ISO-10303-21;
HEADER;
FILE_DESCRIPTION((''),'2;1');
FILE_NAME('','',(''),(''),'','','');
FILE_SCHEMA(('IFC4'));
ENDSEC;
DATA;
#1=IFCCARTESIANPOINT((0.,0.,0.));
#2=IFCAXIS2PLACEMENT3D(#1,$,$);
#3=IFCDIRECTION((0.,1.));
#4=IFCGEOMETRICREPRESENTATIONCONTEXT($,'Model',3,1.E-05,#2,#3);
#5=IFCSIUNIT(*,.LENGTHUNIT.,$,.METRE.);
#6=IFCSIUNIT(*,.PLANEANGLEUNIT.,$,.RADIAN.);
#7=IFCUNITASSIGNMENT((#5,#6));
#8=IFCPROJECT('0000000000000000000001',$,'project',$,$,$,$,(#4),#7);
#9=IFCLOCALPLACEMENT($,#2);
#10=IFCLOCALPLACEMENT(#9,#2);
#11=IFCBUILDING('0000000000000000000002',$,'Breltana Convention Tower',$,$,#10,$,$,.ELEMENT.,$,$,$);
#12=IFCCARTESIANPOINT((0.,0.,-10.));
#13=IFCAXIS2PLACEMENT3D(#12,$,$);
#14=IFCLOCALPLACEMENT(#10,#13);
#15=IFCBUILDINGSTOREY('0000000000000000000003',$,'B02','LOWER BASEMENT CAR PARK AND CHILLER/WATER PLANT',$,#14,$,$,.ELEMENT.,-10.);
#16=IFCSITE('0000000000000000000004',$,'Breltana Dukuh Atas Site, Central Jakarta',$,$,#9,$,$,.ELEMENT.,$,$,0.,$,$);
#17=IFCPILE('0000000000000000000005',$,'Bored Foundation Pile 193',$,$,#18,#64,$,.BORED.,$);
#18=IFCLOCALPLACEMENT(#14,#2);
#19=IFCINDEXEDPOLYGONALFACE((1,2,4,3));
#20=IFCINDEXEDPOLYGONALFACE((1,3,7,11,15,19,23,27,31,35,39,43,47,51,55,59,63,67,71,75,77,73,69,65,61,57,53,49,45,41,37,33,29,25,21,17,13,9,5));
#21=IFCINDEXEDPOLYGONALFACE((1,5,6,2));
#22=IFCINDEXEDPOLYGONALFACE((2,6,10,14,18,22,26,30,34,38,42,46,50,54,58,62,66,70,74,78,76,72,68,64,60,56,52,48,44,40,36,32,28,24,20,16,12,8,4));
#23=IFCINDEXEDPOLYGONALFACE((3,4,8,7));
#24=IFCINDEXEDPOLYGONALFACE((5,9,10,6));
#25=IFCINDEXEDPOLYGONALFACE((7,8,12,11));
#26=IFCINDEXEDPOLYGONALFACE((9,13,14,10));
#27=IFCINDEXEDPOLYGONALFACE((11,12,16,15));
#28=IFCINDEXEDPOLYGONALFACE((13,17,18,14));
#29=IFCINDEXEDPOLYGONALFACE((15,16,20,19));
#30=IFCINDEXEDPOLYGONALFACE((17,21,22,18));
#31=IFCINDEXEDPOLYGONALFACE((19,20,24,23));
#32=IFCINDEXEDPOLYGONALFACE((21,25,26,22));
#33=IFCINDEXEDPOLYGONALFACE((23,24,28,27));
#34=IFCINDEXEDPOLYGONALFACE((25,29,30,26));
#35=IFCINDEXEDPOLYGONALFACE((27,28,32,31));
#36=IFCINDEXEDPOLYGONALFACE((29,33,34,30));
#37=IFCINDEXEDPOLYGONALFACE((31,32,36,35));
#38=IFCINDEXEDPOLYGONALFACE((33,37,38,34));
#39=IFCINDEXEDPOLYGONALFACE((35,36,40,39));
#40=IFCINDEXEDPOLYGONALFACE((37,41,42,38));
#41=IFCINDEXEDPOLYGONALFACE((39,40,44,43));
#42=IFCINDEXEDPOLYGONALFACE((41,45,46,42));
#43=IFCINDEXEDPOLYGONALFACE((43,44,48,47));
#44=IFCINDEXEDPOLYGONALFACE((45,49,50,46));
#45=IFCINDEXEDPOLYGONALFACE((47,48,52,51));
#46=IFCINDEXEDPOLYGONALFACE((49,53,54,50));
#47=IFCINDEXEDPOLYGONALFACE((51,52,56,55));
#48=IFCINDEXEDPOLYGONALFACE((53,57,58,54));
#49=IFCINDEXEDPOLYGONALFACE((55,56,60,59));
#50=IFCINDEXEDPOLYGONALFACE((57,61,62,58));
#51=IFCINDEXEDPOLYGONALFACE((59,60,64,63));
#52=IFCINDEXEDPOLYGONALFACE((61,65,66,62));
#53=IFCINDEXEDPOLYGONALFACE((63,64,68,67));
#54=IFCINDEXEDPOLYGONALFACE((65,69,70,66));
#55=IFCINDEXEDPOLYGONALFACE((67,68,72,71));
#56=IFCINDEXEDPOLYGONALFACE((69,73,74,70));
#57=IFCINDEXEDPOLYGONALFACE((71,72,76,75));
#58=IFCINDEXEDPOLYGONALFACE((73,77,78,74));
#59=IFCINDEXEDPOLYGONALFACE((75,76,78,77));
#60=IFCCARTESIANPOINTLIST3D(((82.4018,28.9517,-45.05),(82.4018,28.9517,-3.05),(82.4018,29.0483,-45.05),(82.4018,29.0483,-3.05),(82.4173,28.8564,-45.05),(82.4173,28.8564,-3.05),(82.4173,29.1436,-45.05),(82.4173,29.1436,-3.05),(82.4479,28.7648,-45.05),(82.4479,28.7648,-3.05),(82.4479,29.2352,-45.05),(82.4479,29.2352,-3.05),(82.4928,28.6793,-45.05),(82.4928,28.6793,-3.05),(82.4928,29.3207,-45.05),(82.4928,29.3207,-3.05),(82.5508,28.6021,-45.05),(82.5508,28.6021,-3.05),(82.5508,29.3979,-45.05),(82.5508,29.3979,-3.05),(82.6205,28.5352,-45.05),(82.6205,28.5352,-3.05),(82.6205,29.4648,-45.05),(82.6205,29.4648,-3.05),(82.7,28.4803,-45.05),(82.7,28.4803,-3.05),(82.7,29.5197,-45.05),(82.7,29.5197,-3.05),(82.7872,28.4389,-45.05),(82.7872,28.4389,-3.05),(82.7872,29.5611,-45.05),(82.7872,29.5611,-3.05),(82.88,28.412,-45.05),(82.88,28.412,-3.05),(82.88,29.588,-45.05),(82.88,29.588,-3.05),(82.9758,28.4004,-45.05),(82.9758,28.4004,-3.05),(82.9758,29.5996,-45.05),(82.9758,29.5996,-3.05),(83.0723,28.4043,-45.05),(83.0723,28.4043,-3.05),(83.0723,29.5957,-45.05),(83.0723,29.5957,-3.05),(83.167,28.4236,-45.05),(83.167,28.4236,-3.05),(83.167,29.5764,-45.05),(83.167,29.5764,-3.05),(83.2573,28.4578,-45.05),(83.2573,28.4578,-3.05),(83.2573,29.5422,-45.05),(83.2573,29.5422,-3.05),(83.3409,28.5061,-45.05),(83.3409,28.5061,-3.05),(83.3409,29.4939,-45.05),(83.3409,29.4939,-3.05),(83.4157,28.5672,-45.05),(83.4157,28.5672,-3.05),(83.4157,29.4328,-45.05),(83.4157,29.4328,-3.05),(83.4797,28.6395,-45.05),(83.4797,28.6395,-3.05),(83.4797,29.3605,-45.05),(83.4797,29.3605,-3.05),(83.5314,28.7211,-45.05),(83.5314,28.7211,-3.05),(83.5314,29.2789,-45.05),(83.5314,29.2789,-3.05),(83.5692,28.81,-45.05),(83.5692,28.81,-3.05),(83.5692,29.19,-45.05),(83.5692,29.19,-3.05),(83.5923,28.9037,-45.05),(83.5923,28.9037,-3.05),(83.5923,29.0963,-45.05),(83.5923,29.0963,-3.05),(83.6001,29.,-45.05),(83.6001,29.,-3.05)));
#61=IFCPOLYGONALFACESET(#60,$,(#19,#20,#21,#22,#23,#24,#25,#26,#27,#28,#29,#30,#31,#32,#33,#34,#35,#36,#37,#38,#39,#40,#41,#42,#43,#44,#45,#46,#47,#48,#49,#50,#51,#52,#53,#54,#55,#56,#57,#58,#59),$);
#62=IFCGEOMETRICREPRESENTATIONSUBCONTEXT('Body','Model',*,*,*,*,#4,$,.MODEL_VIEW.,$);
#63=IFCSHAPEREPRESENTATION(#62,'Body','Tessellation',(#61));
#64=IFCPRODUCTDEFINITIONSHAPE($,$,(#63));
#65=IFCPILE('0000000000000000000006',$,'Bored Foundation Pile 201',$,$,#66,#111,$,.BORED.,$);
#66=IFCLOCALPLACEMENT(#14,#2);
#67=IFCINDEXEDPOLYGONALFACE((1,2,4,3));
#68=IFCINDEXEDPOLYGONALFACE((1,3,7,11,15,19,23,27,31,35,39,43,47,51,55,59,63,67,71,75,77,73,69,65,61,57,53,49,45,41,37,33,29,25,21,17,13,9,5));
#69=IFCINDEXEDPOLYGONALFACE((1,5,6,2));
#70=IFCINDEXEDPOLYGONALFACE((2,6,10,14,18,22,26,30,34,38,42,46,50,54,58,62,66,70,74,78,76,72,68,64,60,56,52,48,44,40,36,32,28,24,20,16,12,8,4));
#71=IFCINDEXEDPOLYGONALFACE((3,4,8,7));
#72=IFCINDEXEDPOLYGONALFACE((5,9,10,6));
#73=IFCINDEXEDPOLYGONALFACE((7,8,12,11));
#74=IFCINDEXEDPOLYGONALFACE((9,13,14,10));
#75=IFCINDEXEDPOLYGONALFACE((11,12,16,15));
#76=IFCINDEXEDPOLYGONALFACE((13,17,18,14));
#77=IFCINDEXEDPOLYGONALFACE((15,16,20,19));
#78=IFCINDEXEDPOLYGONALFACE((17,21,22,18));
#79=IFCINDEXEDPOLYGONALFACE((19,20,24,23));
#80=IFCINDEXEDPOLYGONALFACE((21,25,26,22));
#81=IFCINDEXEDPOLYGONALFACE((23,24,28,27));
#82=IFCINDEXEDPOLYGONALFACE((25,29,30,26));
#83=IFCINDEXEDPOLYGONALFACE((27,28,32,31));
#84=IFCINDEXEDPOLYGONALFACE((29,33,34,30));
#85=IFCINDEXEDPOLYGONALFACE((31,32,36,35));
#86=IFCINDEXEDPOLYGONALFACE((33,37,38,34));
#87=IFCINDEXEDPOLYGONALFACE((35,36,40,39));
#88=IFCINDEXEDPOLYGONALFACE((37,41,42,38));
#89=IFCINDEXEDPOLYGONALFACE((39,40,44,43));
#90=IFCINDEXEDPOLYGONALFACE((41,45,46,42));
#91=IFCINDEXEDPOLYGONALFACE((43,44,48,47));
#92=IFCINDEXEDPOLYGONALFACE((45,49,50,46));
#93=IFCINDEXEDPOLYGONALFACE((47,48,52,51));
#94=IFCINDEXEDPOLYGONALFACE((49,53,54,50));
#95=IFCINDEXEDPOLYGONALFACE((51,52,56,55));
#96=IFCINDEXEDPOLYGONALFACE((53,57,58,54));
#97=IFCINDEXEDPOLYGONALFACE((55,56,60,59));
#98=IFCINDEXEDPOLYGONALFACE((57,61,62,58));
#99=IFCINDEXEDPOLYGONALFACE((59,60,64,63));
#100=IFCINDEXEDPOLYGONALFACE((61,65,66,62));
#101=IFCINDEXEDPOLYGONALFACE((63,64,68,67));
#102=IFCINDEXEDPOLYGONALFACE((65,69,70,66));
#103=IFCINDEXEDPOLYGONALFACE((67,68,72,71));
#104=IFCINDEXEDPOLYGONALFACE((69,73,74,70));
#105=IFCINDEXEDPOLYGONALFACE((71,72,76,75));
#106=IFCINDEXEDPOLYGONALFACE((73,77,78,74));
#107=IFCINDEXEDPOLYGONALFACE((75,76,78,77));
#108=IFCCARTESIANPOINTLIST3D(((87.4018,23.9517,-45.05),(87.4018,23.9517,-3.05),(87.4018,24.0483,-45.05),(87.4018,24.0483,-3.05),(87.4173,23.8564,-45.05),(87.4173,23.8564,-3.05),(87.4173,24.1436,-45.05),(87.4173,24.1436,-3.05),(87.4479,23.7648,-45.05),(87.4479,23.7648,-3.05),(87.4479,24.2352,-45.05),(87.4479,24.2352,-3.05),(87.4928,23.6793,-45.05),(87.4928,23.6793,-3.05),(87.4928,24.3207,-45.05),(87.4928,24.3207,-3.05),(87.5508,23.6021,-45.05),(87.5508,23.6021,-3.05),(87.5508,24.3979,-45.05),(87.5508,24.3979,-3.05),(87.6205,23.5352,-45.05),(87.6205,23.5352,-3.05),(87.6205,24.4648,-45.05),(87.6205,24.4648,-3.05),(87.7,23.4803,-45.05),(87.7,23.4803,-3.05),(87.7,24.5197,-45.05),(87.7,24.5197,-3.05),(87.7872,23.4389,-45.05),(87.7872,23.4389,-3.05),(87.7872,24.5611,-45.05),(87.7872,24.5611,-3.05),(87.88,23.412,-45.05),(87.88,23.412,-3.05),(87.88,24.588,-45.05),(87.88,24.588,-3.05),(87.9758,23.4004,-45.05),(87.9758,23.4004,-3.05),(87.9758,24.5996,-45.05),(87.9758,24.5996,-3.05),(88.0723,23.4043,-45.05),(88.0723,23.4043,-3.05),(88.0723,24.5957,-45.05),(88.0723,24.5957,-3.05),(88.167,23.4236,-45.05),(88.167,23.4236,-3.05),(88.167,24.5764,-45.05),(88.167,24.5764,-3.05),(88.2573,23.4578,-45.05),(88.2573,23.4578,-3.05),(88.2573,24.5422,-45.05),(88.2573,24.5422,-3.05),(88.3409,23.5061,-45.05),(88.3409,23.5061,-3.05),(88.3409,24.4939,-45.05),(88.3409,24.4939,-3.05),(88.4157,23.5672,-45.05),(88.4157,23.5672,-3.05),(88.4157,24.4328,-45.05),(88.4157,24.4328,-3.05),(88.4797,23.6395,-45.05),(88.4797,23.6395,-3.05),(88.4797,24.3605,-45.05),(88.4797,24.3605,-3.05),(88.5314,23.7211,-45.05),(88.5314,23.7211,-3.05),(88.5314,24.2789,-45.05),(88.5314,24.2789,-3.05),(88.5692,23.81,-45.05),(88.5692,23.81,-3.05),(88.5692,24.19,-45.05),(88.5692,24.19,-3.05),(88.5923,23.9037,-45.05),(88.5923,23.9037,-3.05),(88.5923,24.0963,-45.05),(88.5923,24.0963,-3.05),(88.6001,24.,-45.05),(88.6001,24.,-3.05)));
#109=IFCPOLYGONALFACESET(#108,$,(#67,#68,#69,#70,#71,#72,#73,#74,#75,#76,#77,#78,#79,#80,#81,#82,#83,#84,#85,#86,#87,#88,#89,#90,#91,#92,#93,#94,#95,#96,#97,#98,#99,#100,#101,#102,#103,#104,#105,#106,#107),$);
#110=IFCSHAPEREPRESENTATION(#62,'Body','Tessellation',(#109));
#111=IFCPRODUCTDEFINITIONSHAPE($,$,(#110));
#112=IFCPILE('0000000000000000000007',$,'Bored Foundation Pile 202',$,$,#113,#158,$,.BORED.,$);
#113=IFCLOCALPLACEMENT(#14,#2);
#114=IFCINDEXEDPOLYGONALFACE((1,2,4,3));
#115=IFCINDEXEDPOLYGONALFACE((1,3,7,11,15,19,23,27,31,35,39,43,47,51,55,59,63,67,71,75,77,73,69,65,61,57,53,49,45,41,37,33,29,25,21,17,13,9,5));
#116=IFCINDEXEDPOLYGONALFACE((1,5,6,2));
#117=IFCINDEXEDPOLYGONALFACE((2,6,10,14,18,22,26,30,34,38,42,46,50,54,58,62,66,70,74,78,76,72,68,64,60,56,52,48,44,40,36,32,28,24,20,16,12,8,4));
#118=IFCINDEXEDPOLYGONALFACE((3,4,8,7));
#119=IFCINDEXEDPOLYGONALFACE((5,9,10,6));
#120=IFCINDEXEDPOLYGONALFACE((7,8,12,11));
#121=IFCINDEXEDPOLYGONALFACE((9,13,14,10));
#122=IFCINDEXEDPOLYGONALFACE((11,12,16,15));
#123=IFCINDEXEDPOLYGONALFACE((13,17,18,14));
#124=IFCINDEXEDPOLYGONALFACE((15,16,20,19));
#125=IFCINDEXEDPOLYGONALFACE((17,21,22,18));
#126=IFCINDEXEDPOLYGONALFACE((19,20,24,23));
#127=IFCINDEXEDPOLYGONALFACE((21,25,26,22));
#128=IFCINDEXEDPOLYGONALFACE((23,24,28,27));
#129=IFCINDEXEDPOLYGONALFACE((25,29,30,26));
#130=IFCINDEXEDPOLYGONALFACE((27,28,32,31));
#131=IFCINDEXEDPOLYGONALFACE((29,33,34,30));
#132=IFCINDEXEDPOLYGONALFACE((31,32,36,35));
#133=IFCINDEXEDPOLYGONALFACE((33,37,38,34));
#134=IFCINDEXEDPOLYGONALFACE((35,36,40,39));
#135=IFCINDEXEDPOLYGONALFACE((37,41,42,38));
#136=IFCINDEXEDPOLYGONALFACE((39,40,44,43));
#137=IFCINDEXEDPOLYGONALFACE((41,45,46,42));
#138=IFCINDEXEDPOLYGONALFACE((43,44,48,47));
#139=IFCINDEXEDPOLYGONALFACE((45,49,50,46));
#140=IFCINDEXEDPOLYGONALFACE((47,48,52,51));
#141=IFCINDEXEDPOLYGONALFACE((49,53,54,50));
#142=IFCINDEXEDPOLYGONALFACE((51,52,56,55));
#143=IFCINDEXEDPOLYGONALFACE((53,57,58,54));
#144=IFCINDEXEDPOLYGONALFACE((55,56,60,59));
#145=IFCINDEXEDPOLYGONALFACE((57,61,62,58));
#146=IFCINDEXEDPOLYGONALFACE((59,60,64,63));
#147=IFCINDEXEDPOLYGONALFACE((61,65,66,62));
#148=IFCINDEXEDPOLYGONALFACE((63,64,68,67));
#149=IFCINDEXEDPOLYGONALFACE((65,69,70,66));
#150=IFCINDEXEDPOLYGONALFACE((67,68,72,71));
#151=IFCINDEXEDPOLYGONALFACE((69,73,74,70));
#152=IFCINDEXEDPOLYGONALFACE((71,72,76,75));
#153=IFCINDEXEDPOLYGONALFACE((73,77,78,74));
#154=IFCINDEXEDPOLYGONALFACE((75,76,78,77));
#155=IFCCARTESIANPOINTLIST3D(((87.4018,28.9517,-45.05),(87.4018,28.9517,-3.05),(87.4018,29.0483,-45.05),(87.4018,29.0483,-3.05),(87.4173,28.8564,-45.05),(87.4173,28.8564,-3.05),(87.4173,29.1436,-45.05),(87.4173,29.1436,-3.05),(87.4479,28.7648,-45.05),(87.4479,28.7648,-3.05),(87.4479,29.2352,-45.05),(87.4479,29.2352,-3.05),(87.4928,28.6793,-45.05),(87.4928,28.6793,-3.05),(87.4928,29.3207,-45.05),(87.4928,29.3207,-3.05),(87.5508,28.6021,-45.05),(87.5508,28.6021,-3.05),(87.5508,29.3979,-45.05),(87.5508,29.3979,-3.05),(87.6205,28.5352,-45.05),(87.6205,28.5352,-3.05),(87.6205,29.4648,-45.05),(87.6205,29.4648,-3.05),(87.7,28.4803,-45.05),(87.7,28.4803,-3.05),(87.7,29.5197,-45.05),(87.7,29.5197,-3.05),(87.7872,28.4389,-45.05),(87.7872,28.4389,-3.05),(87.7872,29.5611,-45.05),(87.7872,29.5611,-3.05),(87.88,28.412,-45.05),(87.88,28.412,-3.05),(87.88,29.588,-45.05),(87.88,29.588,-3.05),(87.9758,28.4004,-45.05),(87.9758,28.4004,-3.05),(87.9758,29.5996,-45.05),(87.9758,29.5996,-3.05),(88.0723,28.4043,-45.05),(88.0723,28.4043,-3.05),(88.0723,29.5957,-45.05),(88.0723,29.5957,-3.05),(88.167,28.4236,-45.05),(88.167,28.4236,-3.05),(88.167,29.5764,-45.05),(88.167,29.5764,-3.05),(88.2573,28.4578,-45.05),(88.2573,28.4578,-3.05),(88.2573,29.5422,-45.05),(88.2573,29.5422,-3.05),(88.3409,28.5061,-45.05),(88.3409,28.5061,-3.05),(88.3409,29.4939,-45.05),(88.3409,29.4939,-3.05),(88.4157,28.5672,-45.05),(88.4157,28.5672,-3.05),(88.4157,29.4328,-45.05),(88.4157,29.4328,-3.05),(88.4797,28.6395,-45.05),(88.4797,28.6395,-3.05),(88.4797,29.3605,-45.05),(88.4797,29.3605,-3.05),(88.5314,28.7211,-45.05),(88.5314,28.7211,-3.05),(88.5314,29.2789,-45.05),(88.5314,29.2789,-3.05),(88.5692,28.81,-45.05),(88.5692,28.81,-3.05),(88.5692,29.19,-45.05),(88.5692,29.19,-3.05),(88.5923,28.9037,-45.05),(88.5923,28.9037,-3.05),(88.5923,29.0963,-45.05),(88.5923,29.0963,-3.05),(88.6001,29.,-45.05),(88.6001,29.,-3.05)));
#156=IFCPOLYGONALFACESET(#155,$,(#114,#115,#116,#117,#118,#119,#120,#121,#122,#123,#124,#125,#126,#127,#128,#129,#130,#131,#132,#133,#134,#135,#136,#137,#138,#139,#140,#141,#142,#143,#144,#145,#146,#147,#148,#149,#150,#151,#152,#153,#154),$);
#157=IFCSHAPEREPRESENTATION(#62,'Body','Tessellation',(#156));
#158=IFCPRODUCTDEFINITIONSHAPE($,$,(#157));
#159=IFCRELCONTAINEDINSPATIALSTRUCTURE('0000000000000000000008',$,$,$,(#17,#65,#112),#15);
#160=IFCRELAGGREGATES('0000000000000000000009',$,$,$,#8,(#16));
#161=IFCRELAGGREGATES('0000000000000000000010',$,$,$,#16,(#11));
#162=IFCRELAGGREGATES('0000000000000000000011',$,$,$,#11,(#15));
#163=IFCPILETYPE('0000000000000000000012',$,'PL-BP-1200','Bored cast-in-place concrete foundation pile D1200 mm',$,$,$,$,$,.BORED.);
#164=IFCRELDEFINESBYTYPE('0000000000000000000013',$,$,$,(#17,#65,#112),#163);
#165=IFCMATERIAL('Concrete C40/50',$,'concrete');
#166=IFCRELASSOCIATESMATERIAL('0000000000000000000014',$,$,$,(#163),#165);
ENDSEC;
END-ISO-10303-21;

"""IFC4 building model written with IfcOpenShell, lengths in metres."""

from ifc_helpers import new_model, si_unit, direction, frame, origin, origin_2d, place, context, subcontext, project, spatial, circle, extrude, source, transform, mapped, material, material_profile, profile_set, type_object, type_shapes, element, save


model = new_model("IFC4")

# Units and contexts
model_context = context("Model", 3, precision=1e-05, world=origin(), true_north=direction((0.0, 1.0)))
body_context = subcontext(model_context, "Body", "Model", "MODEL_VIEW")
ifc_project = project(units=[si_unit("LENGTHUNIT", "METRE"), si_unit("PLANEANGLEUNIT", "RADIAN")], contexts=[model_context])

# Site, building, storey
site_placement = place(None, origin())
site = spatial("IfcSite", under=ifc_project, at=site_placement, Name="Breltana Dukuh Atas Site, Central Jakarta", CompositionType="ELEMENT", RefElevation=0.0)
building_placement = place(site_placement, origin())
building = spatial("IfcBuilding", under=site, at=building_placement, Name="Breltana Convention Tower", CompositionType="ELEMENT")
storey_placement = place(building_placement, frame((0.0, 0.0, -10.0)))
storey = spatial("IfcBuildingStorey", under=building, at=storey_placement, Name="B02", Description="LOWER BASEMENT CAR PARK AND CHILLER/WATER PLANT", CompositionType="ELEMENT", Elevation=-10.0)

# Piles
ifc_material_1 = material(Name="Concrete C40/50", Category="concrete")
ifc_material_profile_1 = material_profile(ifc_material_1, circle(Radius=0.6001, at=origin_2d()), Name="BP-D1200")
ifc_profile_set_1 = profile_set([ifc_material_profile_1], Name="Concrete C40/50")
pile_type_1 = type_object("IfcPileType", Name="PL-BP-1200", Description="Bored cast-in-place concrete foundation pile D1200 mm", PredefinedType="BORED", material=ifc_profile_set_1)
shared_shape_1 = source(origin(), body_context, "Body", "SweptSolid", [
    extrude(circle(Radius=0.6001, at=origin_2d()), origin(), (0.0, 0.0, 1.0), 42.0),
])
type_shapes(pile_type_1, [shared_shape_1])
for number, where, z_axis, x_axis, name in (
    (1, (83.0, 29.0, -3.05), (0.0, 0.0, -1.0), (1.0, 0.0, 0.0), "Bored Foundation Pile 193"),
    (2, (88.0, 24.0, -3.05), (0.0, 0.0, -1.0), (1.0, 0.0, 0.0), "Bored Foundation Pile 201"),
    (3, (88.0, 29.0, -3.05), (0.0, 0.0, -1.0), (1.0, 0.0, 0.0), "Bored Foundation Pile 202"),
):
    element("IfcPile", number, at=place(storey_placement, frame(where, z_axis=z_axis, x_axis=x_axis)), inside=storey, type_object=pile_type_1, Name=name, PredefinedType="BORED", context=body_context, shape_type="MappedRepresentation", body=[
        mapped(shared_shape_1, transform((0.0, 0.0, 0.0), scale=1.0)),
    ])

save(model, "model.ifc")
